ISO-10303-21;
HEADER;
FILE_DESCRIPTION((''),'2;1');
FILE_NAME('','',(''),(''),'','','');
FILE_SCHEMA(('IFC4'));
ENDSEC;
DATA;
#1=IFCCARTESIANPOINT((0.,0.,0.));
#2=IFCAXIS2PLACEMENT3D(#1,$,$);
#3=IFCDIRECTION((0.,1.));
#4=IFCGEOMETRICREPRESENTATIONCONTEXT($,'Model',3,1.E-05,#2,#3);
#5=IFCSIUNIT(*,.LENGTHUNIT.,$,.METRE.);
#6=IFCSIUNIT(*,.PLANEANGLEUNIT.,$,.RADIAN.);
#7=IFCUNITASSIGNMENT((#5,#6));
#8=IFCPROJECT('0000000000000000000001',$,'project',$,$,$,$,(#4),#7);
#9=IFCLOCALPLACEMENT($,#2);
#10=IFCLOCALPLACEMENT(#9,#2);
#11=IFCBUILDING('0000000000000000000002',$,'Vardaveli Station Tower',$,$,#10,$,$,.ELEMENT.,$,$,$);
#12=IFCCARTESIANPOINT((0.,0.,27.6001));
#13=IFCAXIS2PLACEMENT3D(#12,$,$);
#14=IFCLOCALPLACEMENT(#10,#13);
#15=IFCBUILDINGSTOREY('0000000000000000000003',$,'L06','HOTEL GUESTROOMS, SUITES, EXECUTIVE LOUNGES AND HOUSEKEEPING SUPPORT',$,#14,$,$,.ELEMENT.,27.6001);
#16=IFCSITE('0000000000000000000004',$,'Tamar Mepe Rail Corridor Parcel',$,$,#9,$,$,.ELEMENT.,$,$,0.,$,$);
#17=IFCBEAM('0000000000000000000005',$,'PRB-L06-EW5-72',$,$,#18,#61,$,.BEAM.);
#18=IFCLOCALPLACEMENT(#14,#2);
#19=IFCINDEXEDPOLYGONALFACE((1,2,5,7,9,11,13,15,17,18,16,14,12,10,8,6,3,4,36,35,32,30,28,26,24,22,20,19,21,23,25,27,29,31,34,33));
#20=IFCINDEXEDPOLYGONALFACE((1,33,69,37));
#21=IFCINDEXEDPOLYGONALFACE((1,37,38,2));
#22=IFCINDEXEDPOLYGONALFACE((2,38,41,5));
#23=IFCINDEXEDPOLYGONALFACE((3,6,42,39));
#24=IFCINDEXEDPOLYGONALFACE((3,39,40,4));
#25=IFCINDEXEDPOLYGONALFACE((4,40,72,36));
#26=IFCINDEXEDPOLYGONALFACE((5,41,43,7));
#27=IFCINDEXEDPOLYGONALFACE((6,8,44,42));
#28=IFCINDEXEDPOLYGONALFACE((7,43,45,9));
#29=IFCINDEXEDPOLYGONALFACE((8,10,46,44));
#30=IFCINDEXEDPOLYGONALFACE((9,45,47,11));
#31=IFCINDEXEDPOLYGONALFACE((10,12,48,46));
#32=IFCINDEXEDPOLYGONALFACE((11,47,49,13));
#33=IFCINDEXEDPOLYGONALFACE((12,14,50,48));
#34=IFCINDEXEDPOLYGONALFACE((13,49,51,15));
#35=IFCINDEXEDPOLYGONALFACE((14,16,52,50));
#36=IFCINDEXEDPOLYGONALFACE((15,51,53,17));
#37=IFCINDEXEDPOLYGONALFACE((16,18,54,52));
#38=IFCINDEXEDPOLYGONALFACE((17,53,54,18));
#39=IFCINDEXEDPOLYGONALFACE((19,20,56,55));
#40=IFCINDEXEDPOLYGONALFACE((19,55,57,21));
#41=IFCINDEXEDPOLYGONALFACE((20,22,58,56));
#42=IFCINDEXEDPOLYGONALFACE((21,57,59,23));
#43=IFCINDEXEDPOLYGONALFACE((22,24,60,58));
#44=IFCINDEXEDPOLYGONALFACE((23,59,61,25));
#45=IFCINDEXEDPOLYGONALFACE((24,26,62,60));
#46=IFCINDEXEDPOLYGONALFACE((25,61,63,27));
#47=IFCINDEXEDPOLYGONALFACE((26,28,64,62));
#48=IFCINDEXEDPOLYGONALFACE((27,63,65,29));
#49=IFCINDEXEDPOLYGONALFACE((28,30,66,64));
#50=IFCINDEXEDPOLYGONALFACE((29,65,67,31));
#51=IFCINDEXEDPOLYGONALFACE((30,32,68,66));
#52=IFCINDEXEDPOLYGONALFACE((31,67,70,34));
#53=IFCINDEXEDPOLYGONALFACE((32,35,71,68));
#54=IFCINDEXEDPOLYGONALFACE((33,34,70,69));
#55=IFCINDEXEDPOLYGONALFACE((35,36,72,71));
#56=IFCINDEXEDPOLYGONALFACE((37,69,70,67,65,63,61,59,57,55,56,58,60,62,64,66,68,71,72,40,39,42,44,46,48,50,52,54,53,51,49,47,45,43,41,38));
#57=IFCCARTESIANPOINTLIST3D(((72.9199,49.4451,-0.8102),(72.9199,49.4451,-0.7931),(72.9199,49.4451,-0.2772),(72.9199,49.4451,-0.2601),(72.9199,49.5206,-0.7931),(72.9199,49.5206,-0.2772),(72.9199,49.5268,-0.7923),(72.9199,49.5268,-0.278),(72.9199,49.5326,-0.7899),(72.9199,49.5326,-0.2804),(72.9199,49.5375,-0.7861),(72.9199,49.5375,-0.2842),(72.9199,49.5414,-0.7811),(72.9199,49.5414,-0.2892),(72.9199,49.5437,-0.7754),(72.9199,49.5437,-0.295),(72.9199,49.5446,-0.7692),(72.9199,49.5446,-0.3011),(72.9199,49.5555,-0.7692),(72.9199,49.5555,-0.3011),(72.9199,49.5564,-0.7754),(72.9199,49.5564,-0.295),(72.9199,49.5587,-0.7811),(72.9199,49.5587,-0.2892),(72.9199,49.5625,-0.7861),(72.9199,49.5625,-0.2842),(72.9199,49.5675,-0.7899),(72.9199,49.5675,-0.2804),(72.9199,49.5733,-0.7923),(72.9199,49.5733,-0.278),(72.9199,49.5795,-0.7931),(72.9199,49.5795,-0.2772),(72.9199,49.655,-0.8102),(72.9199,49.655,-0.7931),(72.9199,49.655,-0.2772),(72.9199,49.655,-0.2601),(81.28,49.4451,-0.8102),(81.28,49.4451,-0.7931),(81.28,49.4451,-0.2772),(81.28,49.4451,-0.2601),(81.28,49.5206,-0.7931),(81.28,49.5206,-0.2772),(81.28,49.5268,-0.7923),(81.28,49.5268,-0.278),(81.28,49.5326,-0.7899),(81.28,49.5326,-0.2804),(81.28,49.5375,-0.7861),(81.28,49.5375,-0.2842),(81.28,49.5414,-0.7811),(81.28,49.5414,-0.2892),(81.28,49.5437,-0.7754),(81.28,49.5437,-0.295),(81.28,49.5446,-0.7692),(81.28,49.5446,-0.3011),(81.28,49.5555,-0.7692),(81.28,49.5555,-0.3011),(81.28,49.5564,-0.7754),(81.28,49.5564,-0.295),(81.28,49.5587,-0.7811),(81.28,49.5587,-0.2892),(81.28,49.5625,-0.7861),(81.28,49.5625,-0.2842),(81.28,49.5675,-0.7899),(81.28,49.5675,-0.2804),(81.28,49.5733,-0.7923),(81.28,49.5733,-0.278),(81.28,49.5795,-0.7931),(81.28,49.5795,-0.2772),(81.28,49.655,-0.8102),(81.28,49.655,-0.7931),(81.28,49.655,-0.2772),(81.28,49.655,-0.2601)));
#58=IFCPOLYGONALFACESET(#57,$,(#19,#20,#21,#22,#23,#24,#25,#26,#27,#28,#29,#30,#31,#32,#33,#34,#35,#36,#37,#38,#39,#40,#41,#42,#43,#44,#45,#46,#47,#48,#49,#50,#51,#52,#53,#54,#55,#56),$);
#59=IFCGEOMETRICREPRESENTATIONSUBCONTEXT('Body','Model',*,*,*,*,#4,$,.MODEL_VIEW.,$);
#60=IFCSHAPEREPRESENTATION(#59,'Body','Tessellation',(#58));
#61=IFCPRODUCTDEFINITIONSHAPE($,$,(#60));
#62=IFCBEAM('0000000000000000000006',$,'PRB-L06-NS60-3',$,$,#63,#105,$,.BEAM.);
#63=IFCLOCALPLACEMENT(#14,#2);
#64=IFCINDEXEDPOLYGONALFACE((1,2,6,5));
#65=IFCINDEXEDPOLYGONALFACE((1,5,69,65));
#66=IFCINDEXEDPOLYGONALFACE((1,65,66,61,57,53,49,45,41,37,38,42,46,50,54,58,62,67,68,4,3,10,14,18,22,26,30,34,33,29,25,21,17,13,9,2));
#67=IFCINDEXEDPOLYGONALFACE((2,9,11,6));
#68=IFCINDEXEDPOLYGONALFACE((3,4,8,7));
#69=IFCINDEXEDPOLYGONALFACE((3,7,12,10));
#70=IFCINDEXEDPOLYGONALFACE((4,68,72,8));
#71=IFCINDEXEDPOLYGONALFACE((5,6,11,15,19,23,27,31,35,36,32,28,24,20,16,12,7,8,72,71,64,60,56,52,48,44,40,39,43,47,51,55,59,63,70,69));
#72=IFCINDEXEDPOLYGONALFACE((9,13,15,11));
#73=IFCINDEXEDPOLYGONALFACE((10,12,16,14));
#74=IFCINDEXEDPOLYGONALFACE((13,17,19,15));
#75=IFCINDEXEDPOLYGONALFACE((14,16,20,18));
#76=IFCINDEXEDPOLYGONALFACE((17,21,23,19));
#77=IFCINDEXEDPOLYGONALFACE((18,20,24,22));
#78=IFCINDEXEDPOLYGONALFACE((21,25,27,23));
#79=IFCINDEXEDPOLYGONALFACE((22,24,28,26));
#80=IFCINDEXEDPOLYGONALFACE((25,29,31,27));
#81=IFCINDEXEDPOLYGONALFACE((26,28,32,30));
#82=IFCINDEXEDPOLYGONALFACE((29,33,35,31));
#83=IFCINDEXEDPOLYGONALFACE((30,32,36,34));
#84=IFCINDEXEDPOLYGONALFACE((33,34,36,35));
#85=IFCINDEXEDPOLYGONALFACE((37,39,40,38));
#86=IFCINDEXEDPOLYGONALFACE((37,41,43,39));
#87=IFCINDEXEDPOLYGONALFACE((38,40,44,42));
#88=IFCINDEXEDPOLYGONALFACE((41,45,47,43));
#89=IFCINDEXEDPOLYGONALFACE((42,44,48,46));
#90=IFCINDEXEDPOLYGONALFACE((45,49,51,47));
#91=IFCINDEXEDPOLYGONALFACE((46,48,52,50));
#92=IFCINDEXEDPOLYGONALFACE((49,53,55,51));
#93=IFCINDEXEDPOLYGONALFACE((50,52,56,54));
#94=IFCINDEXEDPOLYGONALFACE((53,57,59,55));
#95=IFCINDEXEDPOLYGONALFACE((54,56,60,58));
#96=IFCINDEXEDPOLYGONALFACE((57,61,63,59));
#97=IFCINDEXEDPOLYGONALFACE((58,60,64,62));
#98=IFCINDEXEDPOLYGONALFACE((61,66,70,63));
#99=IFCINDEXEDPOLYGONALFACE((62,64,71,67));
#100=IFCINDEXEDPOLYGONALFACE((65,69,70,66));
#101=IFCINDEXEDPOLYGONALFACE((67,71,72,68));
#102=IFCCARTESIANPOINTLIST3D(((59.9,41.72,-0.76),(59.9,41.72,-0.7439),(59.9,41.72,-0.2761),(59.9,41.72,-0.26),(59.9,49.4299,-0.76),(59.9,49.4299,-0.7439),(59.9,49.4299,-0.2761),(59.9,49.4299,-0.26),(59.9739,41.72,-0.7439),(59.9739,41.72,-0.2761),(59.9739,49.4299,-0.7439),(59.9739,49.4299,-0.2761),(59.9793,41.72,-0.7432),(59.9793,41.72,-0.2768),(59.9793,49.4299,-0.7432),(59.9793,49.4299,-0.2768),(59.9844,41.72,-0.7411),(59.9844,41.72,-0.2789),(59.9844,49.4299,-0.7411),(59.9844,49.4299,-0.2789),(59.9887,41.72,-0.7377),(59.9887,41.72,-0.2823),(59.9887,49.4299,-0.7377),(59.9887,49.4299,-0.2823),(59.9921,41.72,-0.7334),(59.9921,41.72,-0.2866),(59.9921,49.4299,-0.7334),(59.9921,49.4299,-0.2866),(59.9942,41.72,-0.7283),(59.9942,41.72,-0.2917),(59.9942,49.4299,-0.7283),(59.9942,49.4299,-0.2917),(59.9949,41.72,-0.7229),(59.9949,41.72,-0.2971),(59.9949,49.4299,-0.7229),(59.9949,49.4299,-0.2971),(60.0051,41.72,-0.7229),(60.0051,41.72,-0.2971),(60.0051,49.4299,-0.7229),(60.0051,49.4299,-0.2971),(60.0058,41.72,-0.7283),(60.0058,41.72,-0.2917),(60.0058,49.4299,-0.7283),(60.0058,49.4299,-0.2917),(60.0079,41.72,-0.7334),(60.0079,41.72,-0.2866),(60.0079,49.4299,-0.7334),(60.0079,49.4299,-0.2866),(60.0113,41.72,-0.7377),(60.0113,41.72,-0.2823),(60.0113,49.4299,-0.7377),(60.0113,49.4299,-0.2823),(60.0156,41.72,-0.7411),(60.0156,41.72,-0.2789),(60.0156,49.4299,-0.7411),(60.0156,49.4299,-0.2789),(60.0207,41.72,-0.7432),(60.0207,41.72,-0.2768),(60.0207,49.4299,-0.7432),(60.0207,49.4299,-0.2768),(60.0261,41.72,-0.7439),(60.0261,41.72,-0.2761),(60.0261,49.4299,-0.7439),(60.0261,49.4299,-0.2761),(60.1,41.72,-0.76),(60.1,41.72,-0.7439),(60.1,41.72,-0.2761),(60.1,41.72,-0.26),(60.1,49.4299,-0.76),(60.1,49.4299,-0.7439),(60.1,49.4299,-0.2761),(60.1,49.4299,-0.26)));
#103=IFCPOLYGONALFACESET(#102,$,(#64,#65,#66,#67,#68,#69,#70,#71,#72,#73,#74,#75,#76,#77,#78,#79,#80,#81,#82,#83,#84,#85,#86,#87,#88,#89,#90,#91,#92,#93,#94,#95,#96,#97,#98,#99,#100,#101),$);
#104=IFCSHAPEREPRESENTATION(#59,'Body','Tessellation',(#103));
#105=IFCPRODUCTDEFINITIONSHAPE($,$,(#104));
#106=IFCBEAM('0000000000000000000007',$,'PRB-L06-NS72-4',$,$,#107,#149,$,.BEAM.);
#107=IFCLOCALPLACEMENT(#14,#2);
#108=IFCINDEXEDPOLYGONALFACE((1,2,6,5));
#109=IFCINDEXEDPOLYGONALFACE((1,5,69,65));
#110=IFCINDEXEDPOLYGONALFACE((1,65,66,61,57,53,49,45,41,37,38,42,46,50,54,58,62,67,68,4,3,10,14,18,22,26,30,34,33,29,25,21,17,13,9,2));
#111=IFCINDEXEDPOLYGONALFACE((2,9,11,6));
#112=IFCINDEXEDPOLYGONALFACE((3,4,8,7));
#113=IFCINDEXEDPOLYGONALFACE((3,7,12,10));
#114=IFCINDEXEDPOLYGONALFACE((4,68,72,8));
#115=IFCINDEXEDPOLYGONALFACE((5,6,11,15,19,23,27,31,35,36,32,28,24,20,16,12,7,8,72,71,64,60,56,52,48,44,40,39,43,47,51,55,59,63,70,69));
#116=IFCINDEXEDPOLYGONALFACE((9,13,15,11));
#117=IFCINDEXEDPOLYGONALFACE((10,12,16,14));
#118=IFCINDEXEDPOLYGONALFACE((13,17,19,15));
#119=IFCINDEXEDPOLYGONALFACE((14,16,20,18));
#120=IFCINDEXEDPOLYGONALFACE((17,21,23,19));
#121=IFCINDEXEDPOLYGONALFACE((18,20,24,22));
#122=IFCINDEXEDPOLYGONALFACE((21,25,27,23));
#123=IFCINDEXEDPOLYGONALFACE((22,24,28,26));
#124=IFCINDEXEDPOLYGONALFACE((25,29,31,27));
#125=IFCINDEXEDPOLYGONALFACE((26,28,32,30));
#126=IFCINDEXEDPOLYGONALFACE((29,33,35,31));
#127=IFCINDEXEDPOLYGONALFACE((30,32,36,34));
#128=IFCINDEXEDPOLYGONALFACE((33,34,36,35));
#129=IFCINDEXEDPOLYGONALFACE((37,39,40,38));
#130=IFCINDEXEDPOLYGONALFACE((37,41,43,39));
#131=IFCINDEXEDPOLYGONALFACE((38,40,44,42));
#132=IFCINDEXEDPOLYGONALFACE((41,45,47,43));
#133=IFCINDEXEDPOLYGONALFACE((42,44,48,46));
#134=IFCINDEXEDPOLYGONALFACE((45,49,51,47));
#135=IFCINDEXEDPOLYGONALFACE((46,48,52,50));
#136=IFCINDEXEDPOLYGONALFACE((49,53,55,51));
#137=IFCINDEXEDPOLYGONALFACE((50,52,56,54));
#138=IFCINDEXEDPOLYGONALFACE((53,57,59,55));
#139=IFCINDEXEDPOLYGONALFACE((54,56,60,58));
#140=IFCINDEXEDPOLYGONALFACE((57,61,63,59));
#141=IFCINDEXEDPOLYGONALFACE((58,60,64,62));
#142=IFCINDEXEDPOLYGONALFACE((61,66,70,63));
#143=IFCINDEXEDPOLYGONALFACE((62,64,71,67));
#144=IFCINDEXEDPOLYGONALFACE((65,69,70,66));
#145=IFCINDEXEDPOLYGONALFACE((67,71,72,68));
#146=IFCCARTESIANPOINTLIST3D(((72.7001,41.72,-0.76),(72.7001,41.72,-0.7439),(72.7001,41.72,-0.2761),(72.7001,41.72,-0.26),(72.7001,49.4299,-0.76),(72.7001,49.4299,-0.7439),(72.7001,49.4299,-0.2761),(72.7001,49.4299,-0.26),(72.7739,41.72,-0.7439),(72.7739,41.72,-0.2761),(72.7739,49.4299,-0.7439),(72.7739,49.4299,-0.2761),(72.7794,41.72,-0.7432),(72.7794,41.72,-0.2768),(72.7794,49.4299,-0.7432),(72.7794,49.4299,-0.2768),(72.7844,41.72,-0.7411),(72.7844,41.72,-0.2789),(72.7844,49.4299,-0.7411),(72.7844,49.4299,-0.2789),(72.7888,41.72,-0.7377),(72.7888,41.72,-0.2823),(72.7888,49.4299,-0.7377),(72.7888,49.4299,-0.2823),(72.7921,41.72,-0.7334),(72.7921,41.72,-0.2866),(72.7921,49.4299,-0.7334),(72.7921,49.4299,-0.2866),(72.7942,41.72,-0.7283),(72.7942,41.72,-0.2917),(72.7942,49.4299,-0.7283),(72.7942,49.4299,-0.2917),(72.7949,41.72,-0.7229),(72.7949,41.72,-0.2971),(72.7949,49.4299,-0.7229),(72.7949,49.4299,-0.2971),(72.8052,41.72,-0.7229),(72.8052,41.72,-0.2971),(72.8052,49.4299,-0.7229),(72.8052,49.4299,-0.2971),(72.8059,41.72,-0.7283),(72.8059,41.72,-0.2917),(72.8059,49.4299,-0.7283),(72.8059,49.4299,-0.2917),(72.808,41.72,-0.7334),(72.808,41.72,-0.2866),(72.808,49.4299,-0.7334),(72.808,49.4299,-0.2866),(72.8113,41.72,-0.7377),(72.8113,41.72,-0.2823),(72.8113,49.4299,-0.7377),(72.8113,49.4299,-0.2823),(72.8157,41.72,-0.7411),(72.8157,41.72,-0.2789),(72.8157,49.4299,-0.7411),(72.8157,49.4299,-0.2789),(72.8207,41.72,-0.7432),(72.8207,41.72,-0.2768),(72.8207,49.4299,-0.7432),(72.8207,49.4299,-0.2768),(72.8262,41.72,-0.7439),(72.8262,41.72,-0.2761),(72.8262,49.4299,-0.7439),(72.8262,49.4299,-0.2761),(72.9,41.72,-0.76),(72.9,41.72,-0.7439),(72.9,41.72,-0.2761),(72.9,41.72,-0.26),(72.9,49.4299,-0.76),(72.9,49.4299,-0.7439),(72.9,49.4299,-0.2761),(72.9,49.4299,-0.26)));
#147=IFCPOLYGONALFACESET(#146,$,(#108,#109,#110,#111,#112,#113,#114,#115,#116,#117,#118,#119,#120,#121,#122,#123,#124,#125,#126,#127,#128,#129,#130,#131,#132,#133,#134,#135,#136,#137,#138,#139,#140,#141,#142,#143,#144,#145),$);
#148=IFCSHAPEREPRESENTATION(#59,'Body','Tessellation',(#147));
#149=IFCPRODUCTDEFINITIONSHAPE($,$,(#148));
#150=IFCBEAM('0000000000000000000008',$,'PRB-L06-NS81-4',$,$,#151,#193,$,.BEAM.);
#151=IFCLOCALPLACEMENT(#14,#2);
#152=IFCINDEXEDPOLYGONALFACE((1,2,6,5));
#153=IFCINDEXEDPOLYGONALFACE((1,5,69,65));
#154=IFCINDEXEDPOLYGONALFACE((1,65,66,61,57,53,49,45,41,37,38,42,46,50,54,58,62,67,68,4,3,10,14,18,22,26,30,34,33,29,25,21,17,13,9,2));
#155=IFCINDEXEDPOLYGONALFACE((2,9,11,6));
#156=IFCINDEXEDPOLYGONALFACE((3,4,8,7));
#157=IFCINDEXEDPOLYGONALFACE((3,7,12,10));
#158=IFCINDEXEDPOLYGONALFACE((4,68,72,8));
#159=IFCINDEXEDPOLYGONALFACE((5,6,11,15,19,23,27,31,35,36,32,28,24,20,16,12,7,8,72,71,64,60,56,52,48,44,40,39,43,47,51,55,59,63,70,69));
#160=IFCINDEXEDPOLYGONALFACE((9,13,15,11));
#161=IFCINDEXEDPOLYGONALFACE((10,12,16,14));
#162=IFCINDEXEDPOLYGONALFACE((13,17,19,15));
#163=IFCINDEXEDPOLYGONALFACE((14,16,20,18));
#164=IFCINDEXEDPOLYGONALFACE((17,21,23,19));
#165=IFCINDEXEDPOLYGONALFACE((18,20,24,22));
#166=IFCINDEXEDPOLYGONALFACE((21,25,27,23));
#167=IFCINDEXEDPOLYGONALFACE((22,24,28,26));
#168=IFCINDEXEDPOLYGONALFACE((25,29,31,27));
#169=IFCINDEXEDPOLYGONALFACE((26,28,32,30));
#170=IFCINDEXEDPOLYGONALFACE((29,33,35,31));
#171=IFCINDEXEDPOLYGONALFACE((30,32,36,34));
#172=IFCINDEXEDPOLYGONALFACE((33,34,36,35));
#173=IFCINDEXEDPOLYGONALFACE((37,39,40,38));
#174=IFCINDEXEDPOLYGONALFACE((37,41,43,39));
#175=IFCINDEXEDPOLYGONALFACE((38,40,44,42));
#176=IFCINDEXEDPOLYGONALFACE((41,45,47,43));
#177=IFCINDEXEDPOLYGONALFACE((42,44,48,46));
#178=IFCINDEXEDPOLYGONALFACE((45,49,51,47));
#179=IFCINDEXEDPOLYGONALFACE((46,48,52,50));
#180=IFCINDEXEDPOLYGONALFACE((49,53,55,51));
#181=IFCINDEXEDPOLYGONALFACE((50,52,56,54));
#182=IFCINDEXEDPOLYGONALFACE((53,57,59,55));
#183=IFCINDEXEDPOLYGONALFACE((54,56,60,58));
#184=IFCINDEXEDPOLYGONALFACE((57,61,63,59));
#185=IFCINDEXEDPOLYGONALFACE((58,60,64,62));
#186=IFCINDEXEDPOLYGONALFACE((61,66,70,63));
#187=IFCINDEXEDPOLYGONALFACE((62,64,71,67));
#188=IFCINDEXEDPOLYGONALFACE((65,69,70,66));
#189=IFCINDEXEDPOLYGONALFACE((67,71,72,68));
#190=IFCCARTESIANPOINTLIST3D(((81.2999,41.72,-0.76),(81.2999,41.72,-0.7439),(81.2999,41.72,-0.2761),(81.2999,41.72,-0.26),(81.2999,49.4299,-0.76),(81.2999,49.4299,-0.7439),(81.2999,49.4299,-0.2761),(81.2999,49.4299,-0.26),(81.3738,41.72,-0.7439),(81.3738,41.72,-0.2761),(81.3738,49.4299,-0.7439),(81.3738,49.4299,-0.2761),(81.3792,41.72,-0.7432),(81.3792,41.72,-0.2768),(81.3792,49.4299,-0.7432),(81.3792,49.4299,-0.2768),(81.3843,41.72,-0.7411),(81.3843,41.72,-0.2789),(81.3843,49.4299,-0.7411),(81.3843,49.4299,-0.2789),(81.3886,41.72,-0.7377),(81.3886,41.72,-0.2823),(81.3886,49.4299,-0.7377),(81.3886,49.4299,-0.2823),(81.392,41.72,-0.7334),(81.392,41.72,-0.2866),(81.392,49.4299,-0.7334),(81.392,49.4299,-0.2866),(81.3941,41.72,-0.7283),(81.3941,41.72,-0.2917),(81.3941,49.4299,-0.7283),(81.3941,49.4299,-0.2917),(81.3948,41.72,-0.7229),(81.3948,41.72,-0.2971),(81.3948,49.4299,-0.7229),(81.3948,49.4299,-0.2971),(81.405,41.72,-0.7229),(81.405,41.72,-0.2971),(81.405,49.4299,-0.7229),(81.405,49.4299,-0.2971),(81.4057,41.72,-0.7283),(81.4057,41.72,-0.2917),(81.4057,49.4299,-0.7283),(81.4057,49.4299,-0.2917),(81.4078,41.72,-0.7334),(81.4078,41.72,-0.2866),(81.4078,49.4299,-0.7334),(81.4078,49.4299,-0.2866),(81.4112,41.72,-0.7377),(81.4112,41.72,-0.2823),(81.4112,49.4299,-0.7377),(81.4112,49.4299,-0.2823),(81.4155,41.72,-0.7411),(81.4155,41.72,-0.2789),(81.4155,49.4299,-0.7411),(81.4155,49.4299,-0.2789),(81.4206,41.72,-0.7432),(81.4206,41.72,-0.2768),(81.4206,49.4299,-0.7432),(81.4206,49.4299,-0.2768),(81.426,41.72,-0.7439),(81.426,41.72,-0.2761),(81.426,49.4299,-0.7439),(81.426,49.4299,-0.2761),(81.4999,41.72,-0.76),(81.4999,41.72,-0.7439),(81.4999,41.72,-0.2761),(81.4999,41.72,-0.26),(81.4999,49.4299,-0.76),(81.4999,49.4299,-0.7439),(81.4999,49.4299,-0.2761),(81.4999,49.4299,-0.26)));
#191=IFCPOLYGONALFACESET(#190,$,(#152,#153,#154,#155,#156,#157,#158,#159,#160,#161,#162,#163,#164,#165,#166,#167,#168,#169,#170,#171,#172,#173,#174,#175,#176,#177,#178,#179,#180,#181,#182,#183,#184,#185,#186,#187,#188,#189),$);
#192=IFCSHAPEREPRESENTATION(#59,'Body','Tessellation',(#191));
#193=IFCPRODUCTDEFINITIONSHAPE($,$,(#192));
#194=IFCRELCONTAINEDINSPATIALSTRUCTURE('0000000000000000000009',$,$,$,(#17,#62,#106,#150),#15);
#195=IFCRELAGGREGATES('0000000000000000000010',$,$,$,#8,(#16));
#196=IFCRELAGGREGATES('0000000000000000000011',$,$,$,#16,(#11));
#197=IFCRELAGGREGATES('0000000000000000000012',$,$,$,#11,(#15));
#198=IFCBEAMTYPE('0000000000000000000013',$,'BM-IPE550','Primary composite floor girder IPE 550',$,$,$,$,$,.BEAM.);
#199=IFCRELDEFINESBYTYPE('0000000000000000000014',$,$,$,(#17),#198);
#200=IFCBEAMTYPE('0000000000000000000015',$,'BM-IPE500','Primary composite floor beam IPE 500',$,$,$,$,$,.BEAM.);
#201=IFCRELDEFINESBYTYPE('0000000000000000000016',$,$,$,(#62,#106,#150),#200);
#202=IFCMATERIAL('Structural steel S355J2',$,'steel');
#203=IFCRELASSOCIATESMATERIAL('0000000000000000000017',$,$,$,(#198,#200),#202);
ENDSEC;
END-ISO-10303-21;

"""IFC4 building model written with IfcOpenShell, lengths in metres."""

from ifc_helpers import new_model, si_unit, direction, frame, origin, origin_2d, place, context, subcontext, project, spatial, i_section, extrude, source, transform, mapped, material, material_profile, profile_set, type_object, element, save


model = new_model("IFC4")

# Units and contexts
model_context = context("Model", 3, precision=1e-05, world=origin(), true_north=direction((0.0, 1.0)))
body_context = subcontext(model_context, "Body", "Model", "MODEL_VIEW")
ifc_project = project(units=[si_unit("LENGTHUNIT", "METRE"), si_unit("PLANEANGLEUNIT", "RADIAN")], contexts=[model_context])

# Site, building, storey
site_placement = place(None, origin())
site = spatial("IfcSite", under=ifc_project, at=site_placement, Name="Tamar Mepe Rail Corridor Parcel", CompositionType="ELEMENT", RefElevation=0.0)
building_placement = place(site_placement, origin())
building = spatial("IfcBuilding", under=site, at=building_placement, Name="Vardaveli Station Tower", CompositionType="ELEMENT")
storey_placement = place(building_placement, frame((0.0, 0.0, 27.6001)))
storey = spatial("IfcBuildingStorey", under=building, at=storey_placement, Name="L06", Description="HOTEL GUESTROOMS, SUITES, EXECUTIVE LOUNGES AND HOUSEKEEPING SUPPORT", CompositionType="ELEMENT", Elevation=27.6001)

# Beams
ifc_material_1 = material(Name="Structural steel S355J2", Category="steel")
ifc_material_profile_1 = material_profile(ifc_material_1, i_section(OverallWidth=0.21, OverallDepth=0.55, WebThickness=0.011, FlangeThickness=0.0171, FilletRadius=0.0239, at=origin_2d()), Name="IPE 550")
ifc_profile_set_1 = profile_set([ifc_material_profile_1], Name="Structural steel S355J2")
beam_type_1 = type_object("IfcBeamType", Name="BM-IPE550", Description="Primary composite floor girder IPE 550", PredefinedType="BEAM", material=ifc_profile_set_1)
shared_shape_1 = source(origin(), body_context, "Body", "SweptSolid", [
    extrude(i_section(OverallWidth=0.21, OverallDepth=0.55, WebThickness=0.011, FlangeThickness=0.0171, FilletRadius=0.0239, at=origin_2d()), origin(), (0.0, 0.0, 1.0), 8.3601),
])
for number, where, z_axis, x_axis, name in (
    (1, (72.9199, 49.55, -0.5352), (1.0, 0.0, 0.0), (0.0, 1.0, 0.0), "PRB-L06-EW5-72"),
):
    element("IfcBeam", number, at=place(storey_placement, frame(where, z_axis=z_axis, x_axis=x_axis)), inside=storey, type_object=beam_type_1, Name=name, PredefinedType="BEAM", context=body_context, shape_type="MappedRepresentation", body=[
        mapped(shared_shape_1, transform((0.0, 0.0, 0.0), scale=1.0)),
    ])
ifc_material_profile_2 = material_profile(ifc_material_1, i_section(OverallWidth=0.2, OverallDepth=0.5, WebThickness=0.0103, FlangeThickness=0.0161, FilletRadius=0.021, at=origin_2d()), Name="IPE 500")
ifc_profile_set_2 = profile_set([ifc_material_profile_2], Name="Structural steel S355J2")
beam_type_2 = type_object("IfcBeamType", Name="BM-IPE500", Description="Primary composite floor beam IPE 500", PredefinedType="BEAM", material=ifc_profile_set_2)
shared_shape_2 = source(origin(), body_context, "Body", "SweptSolid", [
    extrude(i_section(OverallWidth=0.2, OverallDepth=0.5, WebThickness=0.0103, FlangeThickness=0.0161, FilletRadius=0.021, at=origin_2d()), origin(), (0.0, 0.0, 1.0), 7.71),
])
for number, where, z_axis, x_axis, name in (
    (2, (60.0, 41.72, -0.51), (0.0, 1.0, 0.0), (-1.0, 0.0, 0.0), "PRB-L06-NS60-3"),
    (3, (72.8, 41.72, -0.51), (0.0, 1.0, 0.0), (-1.0, 0.0, 0.0), "PRB-L06-NS72-4"),
    (4, (81.3999, 41.72, -0.51), (0.0, 1.0, 0.0), (-1.0, 0.0, 0.0), "PRB-L06-NS81-4"),
):
    element("IfcBeam", number, at=place(storey_placement, frame(where, z_axis=z_axis, x_axis=x_axis)), inside=storey, type_object=beam_type_2, Name=name, PredefinedType="BEAM", context=body_context, shape_type="MappedRepresentation", body=[
        mapped(shared_shape_2, transform((0.0, 0.0, 0.0), scale=1.0)),
    ])

save(model, "model.ifc")
